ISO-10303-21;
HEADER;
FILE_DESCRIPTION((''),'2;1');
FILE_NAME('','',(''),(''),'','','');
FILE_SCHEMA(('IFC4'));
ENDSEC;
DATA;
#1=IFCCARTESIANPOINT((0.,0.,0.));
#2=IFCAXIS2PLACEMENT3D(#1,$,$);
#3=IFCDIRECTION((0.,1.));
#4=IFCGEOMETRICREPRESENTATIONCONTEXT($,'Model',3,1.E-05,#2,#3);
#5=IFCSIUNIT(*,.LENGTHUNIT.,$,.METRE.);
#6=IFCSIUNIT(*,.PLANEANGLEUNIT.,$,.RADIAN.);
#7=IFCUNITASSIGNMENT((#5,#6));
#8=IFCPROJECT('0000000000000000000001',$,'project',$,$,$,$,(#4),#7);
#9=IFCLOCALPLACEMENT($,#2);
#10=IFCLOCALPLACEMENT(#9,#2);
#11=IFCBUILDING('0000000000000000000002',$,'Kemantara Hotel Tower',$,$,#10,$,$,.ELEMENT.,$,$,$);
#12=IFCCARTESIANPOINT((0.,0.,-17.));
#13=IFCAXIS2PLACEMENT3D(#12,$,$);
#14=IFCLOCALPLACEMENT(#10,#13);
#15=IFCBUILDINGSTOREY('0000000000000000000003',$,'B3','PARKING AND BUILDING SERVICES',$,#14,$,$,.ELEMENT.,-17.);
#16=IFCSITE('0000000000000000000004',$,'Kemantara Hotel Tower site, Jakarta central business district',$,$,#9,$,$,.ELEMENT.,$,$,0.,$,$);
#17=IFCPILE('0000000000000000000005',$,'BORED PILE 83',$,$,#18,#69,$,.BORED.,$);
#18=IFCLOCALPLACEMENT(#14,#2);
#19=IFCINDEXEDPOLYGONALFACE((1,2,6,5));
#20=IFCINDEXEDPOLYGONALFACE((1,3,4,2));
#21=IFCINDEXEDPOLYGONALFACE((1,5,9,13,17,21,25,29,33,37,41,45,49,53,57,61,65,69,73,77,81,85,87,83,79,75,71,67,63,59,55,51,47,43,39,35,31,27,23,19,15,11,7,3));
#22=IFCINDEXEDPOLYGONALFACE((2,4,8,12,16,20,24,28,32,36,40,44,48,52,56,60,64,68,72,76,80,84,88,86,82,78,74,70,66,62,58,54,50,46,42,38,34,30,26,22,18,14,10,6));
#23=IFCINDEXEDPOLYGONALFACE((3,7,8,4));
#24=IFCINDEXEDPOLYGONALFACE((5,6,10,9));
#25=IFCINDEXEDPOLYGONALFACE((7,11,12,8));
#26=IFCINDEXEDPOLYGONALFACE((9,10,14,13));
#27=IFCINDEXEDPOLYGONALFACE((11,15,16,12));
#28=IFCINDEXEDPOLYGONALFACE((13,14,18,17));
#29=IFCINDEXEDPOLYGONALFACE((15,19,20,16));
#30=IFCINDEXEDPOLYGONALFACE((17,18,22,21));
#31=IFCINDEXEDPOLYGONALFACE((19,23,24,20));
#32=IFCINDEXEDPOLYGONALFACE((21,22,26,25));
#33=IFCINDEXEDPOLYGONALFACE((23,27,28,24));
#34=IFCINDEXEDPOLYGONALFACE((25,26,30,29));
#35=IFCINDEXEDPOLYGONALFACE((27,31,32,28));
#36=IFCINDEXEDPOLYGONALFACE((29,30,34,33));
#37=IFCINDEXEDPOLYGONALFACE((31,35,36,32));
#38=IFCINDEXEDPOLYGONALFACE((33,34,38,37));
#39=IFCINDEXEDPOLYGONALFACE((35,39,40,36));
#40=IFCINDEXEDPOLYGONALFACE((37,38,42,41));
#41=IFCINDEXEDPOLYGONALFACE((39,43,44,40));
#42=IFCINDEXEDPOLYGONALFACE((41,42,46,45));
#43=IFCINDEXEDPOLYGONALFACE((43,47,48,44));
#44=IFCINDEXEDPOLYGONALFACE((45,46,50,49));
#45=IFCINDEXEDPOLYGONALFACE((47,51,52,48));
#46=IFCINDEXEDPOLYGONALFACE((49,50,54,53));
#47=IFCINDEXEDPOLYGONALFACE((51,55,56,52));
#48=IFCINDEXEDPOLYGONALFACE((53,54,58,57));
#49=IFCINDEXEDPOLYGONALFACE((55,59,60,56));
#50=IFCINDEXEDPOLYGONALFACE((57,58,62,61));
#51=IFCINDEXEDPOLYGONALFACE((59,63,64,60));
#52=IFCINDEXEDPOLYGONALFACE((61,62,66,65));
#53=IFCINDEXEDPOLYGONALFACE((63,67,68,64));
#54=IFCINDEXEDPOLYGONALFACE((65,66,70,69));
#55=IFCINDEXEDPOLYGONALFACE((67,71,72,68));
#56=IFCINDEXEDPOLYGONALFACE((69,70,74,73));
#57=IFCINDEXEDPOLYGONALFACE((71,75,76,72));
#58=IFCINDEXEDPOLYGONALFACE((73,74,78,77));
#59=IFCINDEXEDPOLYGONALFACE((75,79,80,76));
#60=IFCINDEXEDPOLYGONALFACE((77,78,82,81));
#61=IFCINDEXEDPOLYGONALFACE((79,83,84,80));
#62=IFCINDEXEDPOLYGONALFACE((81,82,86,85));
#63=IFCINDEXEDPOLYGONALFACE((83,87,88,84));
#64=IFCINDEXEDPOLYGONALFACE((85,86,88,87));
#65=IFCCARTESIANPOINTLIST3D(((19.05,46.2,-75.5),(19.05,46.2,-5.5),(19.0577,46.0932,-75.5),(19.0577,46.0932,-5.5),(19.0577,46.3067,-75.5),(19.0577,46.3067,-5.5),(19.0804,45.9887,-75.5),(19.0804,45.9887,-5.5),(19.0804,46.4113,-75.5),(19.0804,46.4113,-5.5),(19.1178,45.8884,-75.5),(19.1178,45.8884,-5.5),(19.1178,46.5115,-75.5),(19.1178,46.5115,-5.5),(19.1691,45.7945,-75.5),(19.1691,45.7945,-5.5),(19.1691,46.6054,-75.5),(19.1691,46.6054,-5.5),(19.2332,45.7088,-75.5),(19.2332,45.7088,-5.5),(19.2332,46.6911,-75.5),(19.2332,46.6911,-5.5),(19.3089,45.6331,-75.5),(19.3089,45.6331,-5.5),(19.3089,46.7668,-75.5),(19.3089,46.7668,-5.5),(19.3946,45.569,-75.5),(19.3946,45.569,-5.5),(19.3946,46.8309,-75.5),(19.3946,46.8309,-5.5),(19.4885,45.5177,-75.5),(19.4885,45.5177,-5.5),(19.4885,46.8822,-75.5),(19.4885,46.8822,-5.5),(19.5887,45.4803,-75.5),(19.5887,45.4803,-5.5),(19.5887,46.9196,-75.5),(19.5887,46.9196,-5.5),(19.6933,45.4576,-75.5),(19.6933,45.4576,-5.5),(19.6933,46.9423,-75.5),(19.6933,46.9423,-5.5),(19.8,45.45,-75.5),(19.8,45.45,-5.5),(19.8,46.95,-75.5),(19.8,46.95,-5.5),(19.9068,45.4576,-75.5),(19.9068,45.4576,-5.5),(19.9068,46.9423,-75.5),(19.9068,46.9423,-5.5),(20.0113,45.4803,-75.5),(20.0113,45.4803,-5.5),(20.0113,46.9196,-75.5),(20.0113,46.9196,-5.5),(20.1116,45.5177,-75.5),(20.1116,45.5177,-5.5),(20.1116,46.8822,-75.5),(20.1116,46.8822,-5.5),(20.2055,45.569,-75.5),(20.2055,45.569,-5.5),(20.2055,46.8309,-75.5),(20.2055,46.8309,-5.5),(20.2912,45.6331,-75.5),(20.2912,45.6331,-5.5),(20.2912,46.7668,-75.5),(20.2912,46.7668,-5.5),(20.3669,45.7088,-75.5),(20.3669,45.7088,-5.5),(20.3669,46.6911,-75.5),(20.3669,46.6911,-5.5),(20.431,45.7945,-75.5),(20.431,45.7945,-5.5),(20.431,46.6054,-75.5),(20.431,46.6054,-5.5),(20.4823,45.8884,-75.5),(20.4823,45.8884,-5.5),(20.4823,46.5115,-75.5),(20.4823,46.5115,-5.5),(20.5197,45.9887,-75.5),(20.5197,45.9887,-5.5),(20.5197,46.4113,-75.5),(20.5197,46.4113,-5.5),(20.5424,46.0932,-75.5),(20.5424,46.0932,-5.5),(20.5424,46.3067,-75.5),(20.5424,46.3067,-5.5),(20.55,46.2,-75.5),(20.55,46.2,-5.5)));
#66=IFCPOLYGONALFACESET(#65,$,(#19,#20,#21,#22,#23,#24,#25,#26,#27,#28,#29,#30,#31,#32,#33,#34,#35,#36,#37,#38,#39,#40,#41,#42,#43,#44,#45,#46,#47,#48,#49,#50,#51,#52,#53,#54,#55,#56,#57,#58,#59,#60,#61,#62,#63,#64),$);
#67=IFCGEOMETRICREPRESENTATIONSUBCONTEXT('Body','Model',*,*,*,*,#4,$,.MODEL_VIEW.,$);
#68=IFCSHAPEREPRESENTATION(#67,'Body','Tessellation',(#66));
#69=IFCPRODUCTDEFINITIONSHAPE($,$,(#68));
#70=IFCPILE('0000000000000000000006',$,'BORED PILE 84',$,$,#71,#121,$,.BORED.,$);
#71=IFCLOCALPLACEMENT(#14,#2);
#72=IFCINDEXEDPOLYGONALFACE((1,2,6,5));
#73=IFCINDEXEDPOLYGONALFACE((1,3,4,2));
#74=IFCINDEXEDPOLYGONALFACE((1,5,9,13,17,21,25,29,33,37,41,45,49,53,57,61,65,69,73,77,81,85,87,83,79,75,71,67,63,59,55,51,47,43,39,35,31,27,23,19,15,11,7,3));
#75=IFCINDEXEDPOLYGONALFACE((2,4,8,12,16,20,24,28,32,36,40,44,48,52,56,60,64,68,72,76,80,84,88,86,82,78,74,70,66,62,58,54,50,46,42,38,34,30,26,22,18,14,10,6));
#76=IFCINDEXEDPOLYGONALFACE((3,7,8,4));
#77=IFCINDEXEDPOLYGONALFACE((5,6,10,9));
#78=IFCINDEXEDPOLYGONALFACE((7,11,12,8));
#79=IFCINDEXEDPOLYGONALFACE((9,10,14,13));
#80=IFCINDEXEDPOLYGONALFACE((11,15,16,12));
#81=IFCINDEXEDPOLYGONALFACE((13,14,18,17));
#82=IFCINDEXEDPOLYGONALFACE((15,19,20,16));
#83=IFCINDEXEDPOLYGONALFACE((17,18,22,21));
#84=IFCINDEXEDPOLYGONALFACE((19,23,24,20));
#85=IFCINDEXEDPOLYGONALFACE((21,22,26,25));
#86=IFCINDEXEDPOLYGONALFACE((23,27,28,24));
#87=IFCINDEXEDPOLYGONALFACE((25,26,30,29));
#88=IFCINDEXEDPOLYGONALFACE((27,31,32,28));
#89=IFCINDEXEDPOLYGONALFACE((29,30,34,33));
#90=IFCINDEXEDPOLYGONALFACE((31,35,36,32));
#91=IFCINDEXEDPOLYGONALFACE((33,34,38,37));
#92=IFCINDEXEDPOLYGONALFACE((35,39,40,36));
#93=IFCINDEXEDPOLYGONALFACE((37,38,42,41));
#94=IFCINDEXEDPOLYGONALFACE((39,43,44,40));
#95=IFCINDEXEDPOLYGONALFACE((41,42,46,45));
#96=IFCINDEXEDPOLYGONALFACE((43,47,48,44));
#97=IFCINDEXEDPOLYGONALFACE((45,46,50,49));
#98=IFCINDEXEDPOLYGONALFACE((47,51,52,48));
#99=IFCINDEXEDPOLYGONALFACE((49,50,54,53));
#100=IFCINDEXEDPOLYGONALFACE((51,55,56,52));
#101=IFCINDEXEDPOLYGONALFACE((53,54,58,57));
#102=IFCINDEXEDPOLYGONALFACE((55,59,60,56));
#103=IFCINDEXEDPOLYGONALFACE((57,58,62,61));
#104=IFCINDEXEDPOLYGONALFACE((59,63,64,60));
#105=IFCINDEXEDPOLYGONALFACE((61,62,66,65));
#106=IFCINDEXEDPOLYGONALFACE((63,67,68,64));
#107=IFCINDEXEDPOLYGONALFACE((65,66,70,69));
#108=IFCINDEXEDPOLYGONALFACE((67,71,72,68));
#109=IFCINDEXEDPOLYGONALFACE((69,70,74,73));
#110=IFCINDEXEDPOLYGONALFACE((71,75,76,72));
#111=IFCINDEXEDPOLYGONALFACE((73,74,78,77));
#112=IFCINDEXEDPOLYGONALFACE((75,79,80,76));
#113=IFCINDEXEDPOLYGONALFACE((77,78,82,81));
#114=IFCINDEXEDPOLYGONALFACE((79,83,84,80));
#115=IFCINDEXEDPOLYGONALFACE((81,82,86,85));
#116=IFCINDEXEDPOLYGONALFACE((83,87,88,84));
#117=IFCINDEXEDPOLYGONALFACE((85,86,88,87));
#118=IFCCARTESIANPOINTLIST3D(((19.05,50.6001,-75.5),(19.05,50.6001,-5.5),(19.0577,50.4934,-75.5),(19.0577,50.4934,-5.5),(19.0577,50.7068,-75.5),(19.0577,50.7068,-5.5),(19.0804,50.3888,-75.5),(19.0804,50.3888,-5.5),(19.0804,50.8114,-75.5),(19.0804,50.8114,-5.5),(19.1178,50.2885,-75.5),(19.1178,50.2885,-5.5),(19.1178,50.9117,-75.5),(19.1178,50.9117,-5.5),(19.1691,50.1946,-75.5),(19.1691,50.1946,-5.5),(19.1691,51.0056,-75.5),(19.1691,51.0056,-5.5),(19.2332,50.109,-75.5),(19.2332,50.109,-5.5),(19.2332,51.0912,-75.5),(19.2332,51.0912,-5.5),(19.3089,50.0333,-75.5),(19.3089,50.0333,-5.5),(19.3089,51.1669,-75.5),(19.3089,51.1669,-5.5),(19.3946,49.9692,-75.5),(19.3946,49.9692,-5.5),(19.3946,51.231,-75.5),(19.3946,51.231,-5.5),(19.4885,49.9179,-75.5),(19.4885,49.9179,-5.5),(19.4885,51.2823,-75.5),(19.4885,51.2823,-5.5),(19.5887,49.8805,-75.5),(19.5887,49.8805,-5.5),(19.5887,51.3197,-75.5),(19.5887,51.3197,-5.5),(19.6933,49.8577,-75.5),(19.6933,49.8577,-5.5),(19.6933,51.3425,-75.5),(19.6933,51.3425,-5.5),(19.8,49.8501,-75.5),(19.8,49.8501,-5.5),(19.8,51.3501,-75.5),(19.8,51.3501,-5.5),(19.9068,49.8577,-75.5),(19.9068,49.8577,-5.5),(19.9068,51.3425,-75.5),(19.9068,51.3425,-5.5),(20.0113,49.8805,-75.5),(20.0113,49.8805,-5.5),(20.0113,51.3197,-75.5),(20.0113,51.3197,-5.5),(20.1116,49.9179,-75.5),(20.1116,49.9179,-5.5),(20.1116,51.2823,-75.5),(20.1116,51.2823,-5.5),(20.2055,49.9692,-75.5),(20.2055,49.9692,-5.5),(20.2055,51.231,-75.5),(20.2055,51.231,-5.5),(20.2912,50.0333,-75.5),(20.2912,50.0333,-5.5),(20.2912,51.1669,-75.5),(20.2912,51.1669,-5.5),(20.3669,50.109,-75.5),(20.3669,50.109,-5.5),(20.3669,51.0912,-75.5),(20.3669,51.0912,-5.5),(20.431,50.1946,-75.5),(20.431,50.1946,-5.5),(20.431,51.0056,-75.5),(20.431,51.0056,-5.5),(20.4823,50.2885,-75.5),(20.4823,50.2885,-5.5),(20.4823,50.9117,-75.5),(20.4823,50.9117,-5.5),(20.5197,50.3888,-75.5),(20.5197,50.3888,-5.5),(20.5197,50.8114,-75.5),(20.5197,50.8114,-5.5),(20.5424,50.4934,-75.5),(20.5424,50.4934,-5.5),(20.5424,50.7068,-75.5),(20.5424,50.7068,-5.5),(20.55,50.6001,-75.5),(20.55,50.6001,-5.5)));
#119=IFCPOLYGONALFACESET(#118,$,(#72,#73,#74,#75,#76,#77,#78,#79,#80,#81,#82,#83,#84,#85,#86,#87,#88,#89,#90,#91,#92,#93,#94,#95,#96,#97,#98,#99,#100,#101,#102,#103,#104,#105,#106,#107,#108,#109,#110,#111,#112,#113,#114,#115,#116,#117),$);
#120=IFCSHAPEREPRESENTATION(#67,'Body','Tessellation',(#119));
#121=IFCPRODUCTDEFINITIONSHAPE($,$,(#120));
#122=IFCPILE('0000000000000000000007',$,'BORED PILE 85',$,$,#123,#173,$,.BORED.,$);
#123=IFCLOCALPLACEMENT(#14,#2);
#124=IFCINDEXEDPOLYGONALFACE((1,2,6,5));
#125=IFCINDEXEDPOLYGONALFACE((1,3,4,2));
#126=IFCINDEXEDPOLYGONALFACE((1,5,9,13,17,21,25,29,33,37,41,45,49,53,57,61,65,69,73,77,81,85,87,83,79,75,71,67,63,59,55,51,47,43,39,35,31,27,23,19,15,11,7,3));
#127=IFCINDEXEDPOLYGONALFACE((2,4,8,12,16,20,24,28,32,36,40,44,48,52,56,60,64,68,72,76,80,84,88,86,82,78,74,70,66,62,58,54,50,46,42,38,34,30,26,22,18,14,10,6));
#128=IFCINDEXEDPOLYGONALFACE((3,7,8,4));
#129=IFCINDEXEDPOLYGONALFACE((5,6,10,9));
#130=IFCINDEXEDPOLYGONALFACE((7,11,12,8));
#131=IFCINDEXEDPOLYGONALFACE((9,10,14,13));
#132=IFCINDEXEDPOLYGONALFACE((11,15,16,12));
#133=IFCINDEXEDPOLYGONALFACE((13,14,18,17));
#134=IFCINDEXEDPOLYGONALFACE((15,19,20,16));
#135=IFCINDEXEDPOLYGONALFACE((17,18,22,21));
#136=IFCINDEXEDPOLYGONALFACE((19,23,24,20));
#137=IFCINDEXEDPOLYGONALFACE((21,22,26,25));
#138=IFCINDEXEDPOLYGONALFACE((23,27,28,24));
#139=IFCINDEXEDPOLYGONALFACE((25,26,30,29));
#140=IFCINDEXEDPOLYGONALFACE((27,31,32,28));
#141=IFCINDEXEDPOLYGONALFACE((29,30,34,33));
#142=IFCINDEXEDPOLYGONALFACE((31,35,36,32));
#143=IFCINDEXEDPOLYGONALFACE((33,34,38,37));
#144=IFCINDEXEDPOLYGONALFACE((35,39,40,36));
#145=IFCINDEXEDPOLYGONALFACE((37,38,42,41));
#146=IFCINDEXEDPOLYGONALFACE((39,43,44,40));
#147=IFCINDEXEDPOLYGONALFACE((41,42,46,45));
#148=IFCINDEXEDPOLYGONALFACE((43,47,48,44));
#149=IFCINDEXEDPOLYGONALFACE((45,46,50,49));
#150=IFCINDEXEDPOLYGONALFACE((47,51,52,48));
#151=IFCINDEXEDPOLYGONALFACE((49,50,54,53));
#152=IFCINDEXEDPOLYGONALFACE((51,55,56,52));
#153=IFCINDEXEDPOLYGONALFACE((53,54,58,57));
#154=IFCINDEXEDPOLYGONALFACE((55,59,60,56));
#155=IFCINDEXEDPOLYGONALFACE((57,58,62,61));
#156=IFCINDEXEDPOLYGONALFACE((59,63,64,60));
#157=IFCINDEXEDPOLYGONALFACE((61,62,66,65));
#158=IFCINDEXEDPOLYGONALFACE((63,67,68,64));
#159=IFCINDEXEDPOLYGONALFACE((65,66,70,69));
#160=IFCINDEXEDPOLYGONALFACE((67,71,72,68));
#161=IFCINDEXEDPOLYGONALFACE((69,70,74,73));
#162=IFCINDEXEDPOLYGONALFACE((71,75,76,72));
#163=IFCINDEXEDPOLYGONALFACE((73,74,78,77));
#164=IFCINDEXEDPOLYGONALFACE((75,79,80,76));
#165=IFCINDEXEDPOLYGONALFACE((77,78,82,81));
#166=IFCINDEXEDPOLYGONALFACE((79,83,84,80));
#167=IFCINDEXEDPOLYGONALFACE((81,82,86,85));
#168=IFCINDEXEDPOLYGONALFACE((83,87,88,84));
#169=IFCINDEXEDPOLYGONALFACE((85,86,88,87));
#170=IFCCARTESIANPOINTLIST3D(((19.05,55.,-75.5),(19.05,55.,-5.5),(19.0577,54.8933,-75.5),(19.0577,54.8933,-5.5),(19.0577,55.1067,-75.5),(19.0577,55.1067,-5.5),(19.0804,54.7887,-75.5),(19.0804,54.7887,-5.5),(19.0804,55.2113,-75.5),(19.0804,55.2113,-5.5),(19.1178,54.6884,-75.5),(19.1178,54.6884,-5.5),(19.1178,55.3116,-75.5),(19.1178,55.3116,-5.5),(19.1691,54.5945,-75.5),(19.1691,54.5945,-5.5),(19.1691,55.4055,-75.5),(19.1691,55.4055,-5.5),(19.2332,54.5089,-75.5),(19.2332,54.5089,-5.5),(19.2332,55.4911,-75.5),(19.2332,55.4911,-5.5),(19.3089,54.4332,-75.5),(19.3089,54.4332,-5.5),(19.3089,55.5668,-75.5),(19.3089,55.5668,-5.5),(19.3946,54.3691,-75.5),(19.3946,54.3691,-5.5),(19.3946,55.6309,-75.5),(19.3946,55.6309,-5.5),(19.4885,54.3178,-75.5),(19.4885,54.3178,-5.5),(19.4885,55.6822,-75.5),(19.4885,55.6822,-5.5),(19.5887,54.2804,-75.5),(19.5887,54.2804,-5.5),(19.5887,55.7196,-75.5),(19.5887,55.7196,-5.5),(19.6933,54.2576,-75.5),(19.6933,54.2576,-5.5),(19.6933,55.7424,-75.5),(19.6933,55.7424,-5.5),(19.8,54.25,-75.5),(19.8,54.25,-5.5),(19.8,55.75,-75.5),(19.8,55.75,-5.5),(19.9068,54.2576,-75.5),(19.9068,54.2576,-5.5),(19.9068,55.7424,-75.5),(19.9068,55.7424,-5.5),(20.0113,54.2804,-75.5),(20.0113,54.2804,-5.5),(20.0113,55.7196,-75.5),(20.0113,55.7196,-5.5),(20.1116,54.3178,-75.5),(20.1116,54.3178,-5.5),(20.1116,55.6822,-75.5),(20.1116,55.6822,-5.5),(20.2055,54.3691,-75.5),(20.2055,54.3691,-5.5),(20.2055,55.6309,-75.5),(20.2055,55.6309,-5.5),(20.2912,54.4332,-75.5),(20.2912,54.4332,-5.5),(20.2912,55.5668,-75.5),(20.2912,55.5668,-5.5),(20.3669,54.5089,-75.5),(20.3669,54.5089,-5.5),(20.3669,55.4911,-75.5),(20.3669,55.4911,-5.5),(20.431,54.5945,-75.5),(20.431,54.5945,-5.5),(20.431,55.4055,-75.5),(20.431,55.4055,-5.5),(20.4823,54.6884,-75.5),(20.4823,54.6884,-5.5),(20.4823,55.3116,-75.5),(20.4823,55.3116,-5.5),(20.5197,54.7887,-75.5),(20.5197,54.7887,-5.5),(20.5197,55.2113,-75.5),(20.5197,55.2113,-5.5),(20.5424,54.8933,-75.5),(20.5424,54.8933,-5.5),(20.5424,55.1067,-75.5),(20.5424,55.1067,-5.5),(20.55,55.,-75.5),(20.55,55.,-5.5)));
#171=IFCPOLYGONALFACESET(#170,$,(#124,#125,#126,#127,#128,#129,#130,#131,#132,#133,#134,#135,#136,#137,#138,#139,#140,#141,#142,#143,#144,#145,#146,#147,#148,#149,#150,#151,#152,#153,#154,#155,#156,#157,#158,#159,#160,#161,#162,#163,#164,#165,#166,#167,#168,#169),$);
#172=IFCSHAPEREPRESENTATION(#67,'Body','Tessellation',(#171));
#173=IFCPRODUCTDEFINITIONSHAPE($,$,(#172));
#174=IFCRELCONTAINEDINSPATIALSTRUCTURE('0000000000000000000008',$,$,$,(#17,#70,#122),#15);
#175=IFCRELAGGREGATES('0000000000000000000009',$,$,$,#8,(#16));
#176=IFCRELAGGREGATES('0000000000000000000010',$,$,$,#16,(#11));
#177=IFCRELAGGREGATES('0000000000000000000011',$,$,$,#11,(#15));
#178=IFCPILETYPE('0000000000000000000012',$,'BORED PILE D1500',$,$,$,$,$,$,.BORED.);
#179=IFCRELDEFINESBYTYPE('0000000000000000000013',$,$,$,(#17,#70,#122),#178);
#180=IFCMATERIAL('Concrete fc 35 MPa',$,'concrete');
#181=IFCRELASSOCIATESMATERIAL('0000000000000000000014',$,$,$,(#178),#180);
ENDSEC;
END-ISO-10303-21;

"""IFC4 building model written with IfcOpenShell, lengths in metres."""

from ifc_helpers import new_model, si_unit, direction, frame, origin, origin_2d, place, context, subcontext, project, spatial, circle, extrude, material, material_profile, profile_set, type_object, element, save


model = new_model("IFC4")

# Units and contexts
model_context = context("Model", 3, precision=1e-05, world=origin(), true_north=direction((0.0, 1.0)))
body_context = subcontext(model_context, "Body", "Model", "MODEL_VIEW")
ifc_project = project(units=[si_unit("LENGTHUNIT", "METRE"), si_unit("PLANEANGLEUNIT", "RADIAN")], contexts=[model_context])

# Site, building, storey
site_placement = place(None, origin())
site = spatial("IfcSite", under=ifc_project, at=site_placement, Name="Kemantara Hotel Tower site, Jakarta central business district", CompositionType="ELEMENT", RefElevation=0.0)
building_placement = place(site_placement, origin())
building = spatial("IfcBuilding", under=site, at=building_placement, Name="Kemantara Hotel Tower", CompositionType="ELEMENT")
storey_placement = place(building_placement, frame((0.0, 0.0, -17.0)))
storey = spatial("IfcBuildingStorey", under=building, at=storey_placement, Name="B3", Description="PARKING AND BUILDING SERVICES", CompositionType="ELEMENT", Elevation=-17.0)

# Piles
ifc_material_1 = material(Name="Concrete fc 35 MPa", Category="concrete")
ifc_material_profile_1 = material_profile(ifc_material_1, circle(Radius=0.75, at=origin_2d()), Name="BORED PILE D1500")
ifc_profile_set_1 = profile_set([ifc_material_profile_1], Name="Concrete fc 35 MPa")
pile_type = type_object("IfcPileType", Name="BORED PILE D1500", PredefinedType="BORED", material=ifc_profile_set_1)
for number, where, z_axis, x_axis, name in (
    (1, (19.8, 46.2, -5.5), (0.0, 0.0, -1.0), (1.0, 0.0, 0.0), "BORED PILE 83"),
    (2, (19.8, 50.6001, -5.5), (0.0, 0.0, -1.0), (1.0, 0.0, 0.0), "BORED PILE 84"),
    (3, (19.8, 55.0, -5.5), (0.0, 0.0, -1.0), (1.0, 0.0, 0.0), "BORED PILE 85"),
):
    element("IfcPile", number, at=place(storey_placement, frame(where, z_axis=z_axis, x_axis=x_axis)), inside=storey, type_object=pile_type, Name=name, PredefinedType="BORED", context=body_context, shape_type="SweptSolid", body=[
        extrude(circle(Radius=0.75, at=origin_2d()), origin(), (0.0, 0.0, 1.0), 70.0),
    ])

save(model, "model.ifc")
